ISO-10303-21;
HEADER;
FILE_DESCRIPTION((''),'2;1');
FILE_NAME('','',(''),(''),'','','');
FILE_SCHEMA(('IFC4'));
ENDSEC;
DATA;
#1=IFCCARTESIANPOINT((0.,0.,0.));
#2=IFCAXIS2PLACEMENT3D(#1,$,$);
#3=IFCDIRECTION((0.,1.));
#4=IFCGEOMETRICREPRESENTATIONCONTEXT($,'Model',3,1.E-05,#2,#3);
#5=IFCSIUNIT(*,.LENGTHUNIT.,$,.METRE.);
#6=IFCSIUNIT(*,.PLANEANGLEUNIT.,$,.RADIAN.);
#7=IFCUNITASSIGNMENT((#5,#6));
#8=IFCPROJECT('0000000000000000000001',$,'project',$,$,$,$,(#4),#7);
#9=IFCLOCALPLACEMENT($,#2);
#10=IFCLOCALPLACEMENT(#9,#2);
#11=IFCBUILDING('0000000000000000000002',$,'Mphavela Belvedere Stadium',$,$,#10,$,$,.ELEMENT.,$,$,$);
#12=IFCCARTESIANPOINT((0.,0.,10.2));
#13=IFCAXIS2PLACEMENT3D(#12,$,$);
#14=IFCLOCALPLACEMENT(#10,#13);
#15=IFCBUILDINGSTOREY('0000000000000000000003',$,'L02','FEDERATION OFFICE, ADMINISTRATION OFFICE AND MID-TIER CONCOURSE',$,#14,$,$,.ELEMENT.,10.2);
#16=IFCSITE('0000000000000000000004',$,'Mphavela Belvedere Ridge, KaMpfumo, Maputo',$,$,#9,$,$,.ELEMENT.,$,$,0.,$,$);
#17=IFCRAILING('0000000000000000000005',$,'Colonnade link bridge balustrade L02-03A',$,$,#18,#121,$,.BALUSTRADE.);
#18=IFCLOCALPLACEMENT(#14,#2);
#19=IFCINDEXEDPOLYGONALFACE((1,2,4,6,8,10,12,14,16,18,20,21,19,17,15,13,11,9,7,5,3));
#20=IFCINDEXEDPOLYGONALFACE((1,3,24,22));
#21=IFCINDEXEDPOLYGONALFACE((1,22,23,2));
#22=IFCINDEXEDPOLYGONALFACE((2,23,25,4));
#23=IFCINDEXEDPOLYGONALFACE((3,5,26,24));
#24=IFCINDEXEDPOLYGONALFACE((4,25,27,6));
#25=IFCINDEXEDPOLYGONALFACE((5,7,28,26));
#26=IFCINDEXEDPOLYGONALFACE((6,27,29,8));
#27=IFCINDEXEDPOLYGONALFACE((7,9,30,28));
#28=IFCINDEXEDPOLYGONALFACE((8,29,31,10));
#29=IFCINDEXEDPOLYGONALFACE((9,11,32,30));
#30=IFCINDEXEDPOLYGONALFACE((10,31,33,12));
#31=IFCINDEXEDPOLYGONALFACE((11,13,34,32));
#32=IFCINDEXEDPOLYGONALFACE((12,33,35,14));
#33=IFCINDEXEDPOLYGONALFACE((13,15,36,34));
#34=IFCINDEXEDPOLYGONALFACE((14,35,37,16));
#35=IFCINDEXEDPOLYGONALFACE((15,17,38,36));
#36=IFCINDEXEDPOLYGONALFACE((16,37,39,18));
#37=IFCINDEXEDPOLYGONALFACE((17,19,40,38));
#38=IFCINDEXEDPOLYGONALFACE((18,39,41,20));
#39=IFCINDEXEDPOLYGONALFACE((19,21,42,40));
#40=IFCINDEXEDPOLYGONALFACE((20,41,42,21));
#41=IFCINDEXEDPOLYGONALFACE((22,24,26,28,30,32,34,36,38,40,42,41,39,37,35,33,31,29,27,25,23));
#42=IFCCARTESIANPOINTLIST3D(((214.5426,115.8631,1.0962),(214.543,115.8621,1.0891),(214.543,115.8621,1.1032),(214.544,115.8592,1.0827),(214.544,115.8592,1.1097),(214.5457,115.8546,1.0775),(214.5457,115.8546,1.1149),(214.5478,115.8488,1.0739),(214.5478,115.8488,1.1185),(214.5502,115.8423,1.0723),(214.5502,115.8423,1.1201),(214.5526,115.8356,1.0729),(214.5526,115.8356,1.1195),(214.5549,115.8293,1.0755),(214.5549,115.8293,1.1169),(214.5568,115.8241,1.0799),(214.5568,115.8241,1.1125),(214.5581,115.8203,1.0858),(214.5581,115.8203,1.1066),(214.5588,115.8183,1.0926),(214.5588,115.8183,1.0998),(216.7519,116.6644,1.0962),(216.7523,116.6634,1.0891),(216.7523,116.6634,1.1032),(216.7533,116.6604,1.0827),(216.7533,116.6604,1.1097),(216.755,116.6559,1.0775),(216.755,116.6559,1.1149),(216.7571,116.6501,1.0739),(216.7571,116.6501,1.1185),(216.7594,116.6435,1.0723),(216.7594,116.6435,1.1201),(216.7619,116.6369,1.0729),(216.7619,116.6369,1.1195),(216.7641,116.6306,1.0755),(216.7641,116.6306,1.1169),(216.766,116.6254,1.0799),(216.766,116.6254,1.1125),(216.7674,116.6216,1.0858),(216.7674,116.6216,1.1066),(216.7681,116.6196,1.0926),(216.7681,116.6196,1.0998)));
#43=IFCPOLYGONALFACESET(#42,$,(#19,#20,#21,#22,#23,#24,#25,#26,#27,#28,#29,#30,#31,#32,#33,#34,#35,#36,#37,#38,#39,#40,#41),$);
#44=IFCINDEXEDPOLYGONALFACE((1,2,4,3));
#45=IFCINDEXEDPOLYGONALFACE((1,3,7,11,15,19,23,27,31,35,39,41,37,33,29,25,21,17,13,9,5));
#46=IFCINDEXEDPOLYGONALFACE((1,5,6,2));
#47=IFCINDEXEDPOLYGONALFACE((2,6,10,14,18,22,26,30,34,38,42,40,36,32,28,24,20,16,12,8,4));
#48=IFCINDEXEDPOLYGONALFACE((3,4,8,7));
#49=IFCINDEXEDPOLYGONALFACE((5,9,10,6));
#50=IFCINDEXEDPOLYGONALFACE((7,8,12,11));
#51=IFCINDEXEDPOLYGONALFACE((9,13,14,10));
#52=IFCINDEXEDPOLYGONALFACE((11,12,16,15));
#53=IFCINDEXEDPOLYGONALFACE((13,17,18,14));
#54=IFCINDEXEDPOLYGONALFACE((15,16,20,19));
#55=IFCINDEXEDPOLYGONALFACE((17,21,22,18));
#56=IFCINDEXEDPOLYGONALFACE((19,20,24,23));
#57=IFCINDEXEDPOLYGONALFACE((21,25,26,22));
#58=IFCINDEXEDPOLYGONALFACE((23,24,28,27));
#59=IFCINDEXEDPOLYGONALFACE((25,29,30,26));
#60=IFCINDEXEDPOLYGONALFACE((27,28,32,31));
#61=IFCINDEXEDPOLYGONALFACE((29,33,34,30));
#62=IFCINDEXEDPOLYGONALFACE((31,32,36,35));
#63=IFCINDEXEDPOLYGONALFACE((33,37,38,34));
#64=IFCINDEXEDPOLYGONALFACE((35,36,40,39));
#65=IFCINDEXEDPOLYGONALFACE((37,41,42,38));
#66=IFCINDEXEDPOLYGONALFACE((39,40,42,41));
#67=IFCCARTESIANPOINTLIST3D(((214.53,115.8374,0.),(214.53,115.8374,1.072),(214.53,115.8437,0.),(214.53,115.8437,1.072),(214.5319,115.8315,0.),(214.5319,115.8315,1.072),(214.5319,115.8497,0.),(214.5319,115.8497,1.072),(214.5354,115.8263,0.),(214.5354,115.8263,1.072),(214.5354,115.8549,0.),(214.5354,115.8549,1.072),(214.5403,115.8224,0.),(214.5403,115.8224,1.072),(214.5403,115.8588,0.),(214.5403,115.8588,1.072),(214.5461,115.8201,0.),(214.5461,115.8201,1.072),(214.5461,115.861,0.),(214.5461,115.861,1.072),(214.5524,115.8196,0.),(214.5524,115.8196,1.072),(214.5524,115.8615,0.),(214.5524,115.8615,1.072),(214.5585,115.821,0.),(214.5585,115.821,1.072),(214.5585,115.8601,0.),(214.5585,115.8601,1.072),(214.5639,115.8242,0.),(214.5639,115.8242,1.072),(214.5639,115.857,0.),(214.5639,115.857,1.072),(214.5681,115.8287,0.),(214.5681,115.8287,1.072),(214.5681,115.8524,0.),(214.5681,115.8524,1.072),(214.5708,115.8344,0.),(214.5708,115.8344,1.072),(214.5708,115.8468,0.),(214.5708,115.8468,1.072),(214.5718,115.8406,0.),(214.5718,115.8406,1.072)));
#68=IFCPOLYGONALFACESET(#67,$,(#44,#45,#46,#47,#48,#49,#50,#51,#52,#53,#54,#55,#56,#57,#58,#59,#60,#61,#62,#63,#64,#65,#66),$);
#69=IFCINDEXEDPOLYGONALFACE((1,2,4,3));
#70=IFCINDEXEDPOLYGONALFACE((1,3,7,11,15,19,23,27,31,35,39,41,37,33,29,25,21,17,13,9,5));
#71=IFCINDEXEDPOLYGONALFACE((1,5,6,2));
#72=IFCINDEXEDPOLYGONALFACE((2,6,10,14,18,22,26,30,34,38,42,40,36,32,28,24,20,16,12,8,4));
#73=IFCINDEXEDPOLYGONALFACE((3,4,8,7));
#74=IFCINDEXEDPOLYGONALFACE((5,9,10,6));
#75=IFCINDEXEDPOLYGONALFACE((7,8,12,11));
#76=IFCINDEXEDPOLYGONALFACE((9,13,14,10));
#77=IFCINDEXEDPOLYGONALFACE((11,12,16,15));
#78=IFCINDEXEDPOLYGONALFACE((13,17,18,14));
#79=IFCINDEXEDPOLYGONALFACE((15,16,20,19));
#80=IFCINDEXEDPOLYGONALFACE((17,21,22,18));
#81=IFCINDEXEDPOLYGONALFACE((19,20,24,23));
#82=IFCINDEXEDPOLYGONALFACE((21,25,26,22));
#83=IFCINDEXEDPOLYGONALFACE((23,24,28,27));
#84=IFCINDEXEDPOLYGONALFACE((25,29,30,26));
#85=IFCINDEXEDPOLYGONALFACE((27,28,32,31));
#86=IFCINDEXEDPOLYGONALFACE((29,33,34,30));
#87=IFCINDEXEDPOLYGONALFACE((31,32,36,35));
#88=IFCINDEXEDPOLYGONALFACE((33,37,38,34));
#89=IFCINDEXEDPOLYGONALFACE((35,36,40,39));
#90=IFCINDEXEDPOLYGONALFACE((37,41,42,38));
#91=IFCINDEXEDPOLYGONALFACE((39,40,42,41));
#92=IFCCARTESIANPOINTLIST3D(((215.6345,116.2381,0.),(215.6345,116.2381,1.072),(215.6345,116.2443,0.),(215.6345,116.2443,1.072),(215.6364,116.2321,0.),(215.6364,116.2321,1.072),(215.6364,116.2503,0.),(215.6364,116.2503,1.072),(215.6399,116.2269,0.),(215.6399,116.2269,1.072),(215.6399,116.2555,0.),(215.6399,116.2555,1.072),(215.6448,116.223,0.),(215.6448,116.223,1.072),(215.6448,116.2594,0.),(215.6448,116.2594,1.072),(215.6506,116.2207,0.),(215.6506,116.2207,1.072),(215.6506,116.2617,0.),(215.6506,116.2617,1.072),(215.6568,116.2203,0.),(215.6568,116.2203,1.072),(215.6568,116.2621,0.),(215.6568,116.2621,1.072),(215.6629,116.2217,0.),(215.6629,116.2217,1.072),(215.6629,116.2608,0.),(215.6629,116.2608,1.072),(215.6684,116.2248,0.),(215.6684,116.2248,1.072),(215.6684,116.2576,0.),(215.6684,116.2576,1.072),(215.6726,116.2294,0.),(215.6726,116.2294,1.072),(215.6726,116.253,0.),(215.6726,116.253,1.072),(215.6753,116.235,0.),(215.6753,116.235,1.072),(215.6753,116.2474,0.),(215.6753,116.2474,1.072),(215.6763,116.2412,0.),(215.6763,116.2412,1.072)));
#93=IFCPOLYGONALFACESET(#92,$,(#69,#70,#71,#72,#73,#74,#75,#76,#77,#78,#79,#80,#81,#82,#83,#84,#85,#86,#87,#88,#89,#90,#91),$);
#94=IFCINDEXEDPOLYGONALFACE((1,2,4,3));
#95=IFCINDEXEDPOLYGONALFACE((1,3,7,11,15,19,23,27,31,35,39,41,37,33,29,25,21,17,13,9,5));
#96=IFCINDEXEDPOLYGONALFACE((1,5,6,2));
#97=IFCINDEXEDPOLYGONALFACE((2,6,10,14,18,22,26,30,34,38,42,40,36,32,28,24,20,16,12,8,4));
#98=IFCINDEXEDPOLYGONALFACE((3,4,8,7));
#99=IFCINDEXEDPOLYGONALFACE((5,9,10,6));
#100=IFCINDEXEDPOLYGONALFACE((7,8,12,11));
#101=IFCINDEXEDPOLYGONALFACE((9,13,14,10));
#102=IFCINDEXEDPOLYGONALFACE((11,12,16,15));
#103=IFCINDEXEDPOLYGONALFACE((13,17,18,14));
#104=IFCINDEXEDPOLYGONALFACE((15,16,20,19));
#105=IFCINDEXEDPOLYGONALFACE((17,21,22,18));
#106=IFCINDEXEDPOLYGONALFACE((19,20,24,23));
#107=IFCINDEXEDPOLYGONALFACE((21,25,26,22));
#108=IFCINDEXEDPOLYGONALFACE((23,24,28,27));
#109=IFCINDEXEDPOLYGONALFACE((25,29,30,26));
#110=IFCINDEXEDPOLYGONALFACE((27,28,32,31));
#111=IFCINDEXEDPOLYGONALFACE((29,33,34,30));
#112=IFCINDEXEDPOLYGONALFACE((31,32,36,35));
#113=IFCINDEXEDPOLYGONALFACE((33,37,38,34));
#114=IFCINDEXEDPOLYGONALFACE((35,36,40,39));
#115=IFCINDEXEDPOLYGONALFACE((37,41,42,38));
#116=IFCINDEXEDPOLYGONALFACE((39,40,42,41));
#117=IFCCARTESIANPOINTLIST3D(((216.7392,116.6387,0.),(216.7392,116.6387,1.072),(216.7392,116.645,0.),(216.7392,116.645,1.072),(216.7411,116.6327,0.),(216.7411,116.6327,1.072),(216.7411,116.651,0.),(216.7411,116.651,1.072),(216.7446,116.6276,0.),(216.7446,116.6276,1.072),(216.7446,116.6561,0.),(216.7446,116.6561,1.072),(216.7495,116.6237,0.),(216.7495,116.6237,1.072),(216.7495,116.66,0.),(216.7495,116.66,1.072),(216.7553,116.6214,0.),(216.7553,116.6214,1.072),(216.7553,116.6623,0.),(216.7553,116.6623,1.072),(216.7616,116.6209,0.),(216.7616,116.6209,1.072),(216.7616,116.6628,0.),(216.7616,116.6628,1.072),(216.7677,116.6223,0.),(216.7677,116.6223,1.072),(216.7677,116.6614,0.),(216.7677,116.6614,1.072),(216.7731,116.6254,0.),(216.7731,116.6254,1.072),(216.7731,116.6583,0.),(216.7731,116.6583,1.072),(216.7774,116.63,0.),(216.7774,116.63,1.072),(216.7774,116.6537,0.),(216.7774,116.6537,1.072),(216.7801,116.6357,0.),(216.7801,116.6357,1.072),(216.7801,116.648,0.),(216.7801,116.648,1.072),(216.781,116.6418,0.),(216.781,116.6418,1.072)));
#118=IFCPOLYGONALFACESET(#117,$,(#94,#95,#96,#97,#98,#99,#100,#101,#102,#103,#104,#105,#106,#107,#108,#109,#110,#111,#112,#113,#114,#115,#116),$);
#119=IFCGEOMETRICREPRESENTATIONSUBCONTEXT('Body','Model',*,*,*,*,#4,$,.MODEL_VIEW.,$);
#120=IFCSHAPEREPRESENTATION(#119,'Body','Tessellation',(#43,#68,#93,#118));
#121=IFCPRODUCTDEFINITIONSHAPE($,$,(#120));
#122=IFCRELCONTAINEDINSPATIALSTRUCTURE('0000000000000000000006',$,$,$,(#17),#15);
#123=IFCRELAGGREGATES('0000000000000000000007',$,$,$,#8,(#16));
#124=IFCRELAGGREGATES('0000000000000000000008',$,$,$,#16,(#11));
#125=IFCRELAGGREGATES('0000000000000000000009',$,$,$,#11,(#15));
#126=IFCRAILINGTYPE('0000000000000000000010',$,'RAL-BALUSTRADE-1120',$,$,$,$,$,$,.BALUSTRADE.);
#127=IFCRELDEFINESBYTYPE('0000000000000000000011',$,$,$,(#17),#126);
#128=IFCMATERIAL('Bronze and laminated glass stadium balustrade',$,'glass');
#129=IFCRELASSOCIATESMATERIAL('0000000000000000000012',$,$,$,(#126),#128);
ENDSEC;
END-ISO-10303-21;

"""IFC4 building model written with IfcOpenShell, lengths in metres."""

from ifc_helpers import new_model, si_unit, direction, frame, origin, origin_2d, place, context, subcontext, project, spatial, circle, extrude, material, type_object, element, save


model = new_model("IFC4")

# Units and contexts
model_context = context("Model", 3, precision=1e-05, world=origin(), true_north=direction((0.0, 1.0)))
body_context = subcontext(model_context, "Body", "Model", "MODEL_VIEW")
ifc_project = project(units=[si_unit("LENGTHUNIT", "METRE"), si_unit("PLANEANGLEUNIT", "RADIAN")], contexts=[model_context])

# Site, building, storey
site_placement = place(None, origin())
site = spatial("IfcSite", under=ifc_project, at=site_placement, Name="Mphavela Belvedere Ridge, KaMpfumo, Maputo", CompositionType="ELEMENT", RefElevation=0.0)
building_placement = place(site_placement, origin())
building = spatial("IfcBuilding", under=site, at=building_placement, Name="Mphavela Belvedere Stadium", CompositionType="ELEMENT")
storey_placement = place(building_placement, frame((0.0, 0.0, 10.2)))
storey = spatial("IfcBuildingStorey", under=building, at=storey_placement, Name="L02", Description="FEDERATION OFFICE, ADMINISTRATION OFFICE AND MID-TIER CONCOURSE", CompositionType="ELEMENT", Elevation=10.2)

# Railing
ifc_material_1 = material(Name="Bronze and laminated glass stadium balustrade", Category="glass")
railing_type = type_object("IfcRailingType", Name="RAL-BALUSTRADE-1120", PredefinedType="BALUSTRADE", material=ifc_material_1)
railing_1_placement = place(storey_placement, frame((214.5508, 115.8406, 0.0)))
element("IfcRailing", 1, at=railing_1_placement, inside=storey, type_object=railing_type, Name="Colonnade link bridge balustrade L02-03A", PredefinedType="BALUSTRADE", context=body_context, shape_type="SweptSolid", body=[
    extrude(circle(Radius=0.0239, at=origin_2d()), frame((0.0, 0.0, 1.0962), z_axis=(0.940078, 0.340959, 0.0), x_axis=(-0.340959, 0.940078, 0.0)), (0.0, 0.0, 1.0), 2.3501),
    extrude(circle(Radius=0.021, at=origin_2d()), origin(), (0.0, 0.0, 1.0), 1.072),
    extrude(circle(Radius=0.021, at=origin_2d()), frame((1.1045, 0.4006, 0.0)), (0.0, 0.0, 1.0), 1.072),
    extrude(circle(Radius=0.021, at=origin_2d()), frame((2.2092, 0.8013, 0.0)), (0.0, 0.0, 1.0), 1.072),
])

save(model, "model.ifc")
